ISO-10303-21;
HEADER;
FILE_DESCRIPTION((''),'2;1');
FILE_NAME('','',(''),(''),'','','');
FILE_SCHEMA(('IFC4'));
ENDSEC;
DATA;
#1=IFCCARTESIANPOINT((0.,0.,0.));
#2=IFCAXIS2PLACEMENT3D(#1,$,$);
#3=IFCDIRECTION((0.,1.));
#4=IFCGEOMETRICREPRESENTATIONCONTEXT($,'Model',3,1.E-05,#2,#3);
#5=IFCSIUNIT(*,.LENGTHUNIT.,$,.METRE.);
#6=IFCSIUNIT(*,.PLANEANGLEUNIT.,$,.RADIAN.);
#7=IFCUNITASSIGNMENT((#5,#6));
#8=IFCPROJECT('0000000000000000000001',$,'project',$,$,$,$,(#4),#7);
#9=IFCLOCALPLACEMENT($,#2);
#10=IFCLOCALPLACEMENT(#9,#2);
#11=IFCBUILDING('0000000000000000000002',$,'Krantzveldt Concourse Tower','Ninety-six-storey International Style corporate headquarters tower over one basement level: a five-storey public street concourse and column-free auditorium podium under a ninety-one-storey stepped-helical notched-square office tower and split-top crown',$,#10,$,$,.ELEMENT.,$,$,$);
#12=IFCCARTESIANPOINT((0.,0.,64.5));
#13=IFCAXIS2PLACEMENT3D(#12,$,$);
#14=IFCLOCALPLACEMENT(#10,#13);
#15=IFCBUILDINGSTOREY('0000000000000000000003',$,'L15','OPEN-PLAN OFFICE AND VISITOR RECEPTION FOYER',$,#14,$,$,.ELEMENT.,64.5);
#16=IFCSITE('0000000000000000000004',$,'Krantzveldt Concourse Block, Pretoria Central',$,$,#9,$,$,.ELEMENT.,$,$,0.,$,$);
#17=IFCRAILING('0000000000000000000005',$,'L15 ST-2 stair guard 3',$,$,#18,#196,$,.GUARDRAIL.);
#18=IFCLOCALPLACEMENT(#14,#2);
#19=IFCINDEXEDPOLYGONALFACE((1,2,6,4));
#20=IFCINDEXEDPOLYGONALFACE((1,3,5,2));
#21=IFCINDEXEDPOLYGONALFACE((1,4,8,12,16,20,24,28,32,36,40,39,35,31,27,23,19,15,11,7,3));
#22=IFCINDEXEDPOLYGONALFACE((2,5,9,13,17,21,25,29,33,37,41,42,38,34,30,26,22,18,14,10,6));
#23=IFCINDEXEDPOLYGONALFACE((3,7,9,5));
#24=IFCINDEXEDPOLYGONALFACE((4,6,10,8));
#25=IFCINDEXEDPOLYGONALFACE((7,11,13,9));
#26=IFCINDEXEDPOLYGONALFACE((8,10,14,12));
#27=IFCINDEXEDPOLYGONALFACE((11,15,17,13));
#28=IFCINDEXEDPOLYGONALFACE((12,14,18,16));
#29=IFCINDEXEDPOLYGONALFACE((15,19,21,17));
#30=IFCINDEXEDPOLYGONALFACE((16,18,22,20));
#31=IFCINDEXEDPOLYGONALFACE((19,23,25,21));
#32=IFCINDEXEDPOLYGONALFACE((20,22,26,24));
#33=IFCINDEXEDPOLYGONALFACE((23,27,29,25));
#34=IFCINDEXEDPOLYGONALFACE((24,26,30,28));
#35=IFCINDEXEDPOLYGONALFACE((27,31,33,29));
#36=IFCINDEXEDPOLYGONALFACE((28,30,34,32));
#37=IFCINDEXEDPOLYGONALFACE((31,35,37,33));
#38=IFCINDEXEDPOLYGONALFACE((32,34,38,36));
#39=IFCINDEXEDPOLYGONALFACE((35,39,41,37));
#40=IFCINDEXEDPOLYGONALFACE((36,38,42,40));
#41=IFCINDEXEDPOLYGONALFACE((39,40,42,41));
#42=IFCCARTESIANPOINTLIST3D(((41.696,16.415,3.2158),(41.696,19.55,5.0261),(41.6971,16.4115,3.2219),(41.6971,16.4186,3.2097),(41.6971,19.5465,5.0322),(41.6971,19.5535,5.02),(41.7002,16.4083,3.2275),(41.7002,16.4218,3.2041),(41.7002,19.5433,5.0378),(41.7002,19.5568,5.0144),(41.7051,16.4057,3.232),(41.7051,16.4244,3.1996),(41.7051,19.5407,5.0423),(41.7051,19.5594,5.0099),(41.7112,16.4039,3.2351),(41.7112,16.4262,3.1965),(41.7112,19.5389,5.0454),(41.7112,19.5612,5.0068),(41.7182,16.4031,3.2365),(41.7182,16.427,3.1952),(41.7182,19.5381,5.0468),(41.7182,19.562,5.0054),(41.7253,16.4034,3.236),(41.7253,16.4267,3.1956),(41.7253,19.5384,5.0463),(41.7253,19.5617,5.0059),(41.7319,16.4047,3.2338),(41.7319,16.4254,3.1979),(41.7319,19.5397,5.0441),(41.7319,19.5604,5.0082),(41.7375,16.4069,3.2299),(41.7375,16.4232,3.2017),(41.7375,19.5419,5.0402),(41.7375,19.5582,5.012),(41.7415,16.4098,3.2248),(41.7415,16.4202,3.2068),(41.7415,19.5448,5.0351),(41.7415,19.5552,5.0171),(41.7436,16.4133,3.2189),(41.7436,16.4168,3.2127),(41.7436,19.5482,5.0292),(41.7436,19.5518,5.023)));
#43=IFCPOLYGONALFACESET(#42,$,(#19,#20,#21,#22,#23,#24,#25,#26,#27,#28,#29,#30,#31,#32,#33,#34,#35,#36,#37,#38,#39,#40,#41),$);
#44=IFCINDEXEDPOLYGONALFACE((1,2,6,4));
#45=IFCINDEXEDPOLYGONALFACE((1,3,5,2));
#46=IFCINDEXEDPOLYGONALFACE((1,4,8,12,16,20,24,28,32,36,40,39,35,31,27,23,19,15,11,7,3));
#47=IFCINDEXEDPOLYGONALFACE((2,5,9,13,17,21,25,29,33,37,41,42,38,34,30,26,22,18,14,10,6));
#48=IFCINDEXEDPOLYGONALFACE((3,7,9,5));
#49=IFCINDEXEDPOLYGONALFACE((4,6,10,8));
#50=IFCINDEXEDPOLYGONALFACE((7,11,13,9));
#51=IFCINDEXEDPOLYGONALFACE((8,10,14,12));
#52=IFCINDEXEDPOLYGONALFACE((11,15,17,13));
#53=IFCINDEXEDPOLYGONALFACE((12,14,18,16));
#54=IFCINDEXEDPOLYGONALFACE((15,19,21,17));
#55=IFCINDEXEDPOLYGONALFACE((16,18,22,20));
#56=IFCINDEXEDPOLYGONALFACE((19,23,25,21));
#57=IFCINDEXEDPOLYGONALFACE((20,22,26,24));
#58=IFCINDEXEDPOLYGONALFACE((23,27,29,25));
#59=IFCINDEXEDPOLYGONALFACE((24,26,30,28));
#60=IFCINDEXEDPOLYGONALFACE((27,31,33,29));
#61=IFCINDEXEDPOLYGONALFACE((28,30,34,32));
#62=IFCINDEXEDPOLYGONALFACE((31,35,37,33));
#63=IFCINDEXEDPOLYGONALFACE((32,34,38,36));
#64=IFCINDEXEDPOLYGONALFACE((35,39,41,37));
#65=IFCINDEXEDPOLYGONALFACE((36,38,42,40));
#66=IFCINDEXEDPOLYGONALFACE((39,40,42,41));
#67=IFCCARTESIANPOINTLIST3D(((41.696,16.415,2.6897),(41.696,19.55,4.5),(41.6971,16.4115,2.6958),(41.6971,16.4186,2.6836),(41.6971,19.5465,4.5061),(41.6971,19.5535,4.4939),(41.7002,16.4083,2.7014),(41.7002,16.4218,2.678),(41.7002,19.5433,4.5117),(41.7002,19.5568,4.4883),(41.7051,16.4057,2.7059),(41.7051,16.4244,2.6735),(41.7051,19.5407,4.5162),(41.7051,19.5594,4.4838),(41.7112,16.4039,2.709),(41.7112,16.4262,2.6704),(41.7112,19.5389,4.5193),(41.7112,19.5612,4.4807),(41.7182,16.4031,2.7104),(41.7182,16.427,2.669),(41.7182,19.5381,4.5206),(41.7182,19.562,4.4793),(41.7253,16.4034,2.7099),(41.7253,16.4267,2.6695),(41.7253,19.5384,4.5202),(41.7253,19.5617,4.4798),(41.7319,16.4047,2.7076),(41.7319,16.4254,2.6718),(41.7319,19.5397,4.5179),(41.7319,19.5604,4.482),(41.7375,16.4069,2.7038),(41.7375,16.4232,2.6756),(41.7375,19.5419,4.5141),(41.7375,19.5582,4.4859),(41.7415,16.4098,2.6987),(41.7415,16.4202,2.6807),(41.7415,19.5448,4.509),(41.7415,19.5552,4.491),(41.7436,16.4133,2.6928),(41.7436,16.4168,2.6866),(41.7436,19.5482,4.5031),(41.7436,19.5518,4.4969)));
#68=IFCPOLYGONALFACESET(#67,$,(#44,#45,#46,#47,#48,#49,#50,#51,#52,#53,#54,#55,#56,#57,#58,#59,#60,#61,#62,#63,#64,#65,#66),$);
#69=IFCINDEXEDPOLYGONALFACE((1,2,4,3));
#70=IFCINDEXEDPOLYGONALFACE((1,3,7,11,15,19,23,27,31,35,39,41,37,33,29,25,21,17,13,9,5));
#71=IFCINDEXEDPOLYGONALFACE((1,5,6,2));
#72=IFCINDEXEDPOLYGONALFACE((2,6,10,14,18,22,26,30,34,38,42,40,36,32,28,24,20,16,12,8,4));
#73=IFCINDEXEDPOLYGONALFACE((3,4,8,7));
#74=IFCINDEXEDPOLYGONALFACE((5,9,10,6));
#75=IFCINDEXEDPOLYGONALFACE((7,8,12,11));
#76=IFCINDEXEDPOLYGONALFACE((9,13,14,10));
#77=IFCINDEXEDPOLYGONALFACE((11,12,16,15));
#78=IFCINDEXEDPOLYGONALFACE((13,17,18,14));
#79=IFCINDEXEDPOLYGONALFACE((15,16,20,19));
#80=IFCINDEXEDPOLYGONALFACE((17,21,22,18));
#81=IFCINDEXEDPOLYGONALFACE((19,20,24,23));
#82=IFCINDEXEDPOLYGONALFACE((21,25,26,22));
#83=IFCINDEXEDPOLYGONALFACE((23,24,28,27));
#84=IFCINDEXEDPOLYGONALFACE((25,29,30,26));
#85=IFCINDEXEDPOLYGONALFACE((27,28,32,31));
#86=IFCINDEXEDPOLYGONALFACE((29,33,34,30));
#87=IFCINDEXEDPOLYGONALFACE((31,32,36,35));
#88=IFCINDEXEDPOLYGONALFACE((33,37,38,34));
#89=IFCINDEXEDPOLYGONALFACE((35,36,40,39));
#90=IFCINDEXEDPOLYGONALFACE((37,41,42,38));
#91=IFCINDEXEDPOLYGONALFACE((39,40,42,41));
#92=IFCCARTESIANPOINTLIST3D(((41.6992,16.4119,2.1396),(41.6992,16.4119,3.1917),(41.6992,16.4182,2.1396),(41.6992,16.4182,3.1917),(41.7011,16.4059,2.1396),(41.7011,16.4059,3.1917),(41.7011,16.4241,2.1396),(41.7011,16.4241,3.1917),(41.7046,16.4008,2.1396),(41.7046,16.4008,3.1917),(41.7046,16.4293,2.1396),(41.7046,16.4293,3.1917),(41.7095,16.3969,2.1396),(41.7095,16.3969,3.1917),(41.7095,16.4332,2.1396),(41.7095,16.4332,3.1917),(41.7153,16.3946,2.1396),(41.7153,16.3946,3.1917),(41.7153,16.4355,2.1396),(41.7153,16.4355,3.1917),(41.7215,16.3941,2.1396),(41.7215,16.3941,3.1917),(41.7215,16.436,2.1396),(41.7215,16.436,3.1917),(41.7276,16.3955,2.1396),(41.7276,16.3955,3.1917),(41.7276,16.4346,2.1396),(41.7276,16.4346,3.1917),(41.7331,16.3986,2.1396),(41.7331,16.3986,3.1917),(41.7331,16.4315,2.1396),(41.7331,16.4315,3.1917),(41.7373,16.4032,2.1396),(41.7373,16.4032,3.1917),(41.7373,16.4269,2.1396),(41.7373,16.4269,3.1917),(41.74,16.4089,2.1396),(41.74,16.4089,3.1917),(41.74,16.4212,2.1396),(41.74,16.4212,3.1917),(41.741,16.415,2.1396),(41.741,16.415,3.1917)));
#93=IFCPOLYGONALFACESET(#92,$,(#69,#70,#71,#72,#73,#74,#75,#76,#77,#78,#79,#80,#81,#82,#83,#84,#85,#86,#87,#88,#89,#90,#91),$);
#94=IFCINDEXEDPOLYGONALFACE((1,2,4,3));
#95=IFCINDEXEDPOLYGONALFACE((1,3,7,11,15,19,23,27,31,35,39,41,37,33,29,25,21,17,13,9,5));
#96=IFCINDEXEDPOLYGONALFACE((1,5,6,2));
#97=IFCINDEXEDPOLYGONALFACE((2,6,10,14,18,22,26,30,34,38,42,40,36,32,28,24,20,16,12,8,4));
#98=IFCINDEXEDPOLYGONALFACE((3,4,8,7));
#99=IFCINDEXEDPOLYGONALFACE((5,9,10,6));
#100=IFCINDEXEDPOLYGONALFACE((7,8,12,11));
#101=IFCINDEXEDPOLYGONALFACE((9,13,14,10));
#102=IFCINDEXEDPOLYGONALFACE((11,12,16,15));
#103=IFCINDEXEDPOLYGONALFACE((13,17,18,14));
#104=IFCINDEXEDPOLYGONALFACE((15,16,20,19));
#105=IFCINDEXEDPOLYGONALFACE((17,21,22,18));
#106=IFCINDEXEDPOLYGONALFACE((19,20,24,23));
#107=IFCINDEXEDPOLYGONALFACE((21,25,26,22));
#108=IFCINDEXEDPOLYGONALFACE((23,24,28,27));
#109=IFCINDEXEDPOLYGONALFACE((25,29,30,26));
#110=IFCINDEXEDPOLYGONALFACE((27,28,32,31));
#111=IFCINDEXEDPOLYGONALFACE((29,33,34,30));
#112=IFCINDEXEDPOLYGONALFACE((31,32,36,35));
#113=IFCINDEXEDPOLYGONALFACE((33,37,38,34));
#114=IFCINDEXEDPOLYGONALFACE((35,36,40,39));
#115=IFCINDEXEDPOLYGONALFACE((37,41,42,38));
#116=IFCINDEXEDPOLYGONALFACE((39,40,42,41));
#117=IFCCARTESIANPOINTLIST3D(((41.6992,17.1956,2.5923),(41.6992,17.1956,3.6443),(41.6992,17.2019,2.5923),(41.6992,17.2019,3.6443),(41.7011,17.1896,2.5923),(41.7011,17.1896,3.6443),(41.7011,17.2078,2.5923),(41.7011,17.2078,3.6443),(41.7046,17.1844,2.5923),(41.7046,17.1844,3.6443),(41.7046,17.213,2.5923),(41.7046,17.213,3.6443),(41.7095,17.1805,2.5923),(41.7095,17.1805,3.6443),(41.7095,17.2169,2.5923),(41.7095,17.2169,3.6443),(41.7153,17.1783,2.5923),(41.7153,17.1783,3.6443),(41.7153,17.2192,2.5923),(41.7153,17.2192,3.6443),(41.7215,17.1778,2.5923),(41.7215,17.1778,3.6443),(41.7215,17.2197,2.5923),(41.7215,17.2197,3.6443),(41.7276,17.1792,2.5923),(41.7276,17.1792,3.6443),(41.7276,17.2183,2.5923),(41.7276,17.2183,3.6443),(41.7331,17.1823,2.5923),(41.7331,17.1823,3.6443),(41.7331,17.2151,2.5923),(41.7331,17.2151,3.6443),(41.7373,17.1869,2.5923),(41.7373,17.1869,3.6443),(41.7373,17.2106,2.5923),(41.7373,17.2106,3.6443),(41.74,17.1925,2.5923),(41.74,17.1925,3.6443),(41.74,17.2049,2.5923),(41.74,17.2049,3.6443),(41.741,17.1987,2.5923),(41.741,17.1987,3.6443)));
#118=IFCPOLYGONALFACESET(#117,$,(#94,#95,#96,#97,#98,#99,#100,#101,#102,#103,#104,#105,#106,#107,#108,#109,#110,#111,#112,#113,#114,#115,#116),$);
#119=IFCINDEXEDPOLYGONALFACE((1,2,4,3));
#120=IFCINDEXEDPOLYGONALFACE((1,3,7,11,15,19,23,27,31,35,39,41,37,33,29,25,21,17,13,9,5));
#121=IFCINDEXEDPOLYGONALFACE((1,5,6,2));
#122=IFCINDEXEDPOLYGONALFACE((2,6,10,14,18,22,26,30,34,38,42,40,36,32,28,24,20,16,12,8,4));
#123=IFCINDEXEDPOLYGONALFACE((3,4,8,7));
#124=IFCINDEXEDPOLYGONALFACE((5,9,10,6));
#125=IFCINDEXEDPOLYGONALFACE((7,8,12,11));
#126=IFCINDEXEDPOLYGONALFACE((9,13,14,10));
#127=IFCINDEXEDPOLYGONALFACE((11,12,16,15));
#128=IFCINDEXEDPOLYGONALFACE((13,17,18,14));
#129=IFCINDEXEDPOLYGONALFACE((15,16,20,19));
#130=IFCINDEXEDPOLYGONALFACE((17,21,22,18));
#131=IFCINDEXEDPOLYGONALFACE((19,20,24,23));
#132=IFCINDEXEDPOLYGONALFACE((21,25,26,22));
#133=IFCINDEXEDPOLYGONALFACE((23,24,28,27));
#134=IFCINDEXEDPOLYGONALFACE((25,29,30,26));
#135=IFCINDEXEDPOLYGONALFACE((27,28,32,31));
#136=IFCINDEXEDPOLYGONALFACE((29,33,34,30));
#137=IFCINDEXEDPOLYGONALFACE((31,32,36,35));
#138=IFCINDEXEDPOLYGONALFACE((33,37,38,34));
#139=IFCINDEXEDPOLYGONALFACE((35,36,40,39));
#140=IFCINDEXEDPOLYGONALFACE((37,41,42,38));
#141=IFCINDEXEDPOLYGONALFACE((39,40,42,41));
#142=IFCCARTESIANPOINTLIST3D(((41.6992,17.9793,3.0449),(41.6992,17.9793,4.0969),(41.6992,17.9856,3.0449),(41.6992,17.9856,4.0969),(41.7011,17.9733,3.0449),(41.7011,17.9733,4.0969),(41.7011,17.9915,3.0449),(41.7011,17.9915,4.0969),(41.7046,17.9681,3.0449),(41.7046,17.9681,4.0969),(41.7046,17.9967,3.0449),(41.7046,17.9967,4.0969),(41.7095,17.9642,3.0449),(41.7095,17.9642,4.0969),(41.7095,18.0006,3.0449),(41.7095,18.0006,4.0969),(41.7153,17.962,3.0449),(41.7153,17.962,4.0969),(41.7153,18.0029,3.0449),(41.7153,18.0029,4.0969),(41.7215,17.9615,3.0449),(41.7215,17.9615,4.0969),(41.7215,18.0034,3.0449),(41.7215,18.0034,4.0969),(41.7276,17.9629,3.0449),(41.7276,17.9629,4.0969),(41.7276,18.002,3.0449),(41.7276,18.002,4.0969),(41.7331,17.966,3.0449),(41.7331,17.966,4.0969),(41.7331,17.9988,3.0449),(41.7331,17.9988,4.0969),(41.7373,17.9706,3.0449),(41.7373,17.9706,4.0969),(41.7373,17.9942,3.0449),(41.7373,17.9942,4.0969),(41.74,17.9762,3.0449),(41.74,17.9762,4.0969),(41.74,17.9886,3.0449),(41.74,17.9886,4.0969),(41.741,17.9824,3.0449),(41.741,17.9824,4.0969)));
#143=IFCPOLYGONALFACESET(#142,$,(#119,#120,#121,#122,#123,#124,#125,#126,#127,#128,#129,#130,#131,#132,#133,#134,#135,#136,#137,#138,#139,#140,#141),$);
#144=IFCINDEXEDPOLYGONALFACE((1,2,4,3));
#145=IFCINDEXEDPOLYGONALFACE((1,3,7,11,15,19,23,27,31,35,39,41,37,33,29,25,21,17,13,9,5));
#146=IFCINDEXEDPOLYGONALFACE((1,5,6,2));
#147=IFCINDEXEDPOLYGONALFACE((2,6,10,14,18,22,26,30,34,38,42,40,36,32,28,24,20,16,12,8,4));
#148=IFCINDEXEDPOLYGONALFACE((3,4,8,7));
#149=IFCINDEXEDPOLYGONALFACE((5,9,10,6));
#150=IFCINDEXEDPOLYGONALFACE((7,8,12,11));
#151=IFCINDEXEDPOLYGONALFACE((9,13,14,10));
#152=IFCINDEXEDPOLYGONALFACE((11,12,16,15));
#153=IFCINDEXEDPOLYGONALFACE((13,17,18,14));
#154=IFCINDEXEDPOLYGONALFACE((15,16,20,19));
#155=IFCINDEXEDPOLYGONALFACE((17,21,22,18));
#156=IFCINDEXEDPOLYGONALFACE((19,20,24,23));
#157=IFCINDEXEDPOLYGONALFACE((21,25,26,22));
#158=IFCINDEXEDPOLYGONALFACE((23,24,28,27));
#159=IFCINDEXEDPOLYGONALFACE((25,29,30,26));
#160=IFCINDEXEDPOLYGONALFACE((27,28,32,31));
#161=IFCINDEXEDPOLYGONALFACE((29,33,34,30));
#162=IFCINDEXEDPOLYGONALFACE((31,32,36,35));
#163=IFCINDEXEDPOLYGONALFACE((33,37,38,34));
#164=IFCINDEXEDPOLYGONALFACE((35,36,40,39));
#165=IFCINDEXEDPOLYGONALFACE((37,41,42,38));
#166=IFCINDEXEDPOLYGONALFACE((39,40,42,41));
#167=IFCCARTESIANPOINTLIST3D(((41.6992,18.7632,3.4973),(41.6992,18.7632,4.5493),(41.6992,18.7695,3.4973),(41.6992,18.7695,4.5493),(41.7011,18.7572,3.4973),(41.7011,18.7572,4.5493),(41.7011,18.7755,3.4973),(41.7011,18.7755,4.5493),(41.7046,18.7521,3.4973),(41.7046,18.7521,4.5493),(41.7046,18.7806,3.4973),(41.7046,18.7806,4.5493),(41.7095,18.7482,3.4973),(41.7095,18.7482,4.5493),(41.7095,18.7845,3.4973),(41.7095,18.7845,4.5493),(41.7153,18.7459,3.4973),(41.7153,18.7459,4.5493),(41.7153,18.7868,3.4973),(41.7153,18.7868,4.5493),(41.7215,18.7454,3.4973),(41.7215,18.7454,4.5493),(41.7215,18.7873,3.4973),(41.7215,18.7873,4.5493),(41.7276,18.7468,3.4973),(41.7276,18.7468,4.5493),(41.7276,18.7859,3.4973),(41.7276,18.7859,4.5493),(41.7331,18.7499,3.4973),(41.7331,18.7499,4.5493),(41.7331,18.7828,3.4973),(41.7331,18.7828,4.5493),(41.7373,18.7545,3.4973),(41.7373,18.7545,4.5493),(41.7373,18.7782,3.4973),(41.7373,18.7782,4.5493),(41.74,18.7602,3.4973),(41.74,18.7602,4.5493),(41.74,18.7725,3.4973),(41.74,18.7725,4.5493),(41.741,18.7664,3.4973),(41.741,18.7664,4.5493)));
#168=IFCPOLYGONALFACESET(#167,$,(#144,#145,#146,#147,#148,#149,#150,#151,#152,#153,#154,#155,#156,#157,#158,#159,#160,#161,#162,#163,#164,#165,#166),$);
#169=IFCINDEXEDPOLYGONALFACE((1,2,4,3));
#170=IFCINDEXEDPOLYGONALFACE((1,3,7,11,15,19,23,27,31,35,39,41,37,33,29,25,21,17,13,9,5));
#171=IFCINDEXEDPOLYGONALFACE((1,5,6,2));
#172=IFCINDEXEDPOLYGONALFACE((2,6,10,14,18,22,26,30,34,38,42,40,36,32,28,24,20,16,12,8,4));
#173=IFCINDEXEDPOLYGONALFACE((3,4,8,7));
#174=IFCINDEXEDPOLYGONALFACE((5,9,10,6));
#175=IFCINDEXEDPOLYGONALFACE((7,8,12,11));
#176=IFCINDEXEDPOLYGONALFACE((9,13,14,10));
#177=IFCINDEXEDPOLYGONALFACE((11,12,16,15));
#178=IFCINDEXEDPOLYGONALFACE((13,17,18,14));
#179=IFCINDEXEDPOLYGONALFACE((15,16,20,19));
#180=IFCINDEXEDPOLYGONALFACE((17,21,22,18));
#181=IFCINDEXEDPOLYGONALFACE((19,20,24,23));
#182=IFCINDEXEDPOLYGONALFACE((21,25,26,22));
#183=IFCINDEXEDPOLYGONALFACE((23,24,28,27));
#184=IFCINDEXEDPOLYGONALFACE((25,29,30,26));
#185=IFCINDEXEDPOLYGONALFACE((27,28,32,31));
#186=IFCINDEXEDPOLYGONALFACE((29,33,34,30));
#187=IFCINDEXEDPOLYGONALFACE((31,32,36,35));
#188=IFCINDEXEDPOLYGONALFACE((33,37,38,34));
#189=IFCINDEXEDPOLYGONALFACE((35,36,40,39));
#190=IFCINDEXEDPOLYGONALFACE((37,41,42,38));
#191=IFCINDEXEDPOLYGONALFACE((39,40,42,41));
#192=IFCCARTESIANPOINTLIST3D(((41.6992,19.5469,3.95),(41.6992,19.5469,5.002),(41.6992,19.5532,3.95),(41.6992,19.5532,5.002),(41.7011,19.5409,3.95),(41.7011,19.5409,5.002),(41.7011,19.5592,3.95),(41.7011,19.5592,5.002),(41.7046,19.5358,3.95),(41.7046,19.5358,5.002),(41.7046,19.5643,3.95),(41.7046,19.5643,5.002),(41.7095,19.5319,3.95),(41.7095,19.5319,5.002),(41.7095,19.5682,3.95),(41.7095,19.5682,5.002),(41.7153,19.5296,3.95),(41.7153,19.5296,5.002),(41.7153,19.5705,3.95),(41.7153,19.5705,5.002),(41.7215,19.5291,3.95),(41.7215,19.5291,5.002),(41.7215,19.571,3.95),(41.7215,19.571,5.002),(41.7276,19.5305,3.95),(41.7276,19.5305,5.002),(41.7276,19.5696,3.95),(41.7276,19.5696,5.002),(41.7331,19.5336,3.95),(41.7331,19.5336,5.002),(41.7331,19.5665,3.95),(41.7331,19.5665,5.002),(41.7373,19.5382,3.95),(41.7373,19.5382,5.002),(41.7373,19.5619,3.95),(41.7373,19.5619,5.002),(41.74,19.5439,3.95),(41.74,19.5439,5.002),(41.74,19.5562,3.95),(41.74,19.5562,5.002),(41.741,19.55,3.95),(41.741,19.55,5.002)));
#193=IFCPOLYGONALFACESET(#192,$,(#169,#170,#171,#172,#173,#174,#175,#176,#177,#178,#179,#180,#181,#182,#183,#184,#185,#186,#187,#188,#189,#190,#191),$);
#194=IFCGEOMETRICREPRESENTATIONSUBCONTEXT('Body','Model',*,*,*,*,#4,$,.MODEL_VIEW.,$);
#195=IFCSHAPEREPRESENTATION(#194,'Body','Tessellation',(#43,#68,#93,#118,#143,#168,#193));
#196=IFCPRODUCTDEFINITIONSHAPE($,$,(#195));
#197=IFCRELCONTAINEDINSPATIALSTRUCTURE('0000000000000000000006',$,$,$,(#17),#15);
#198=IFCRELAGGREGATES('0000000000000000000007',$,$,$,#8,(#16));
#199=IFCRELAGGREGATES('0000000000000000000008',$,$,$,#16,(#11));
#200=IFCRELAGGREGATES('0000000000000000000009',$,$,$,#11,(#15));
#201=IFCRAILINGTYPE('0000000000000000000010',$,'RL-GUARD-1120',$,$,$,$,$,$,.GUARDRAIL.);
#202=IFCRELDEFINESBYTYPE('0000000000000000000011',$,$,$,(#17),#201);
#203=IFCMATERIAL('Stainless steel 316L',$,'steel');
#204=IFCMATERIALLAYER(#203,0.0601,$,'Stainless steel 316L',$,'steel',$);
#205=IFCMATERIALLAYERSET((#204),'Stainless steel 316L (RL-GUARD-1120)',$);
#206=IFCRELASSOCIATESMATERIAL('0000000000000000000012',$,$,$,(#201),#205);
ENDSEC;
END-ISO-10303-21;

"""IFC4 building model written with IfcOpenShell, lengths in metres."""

from ifc_helpers import new_model, si_unit, direction, frame, origin, origin_2d, place, context, subcontext, project, spatial, circle, extrude, material, layer, layer_set, type_object, element, save


model = new_model("IFC4")

# Units and contexts
model_context = context("Model", 3, precision=1e-05, world=origin(), true_north=direction((0.0, 1.0)))
body_context = subcontext(model_context, "Body", "Model", "MODEL_VIEW")
ifc_project = project(units=[si_unit("LENGTHUNIT", "METRE"), si_unit("PLANEANGLEUNIT", "RADIAN")], contexts=[model_context])

# Site, building, storey
site_placement = place(None, origin())
site = spatial("IfcSite", under=ifc_project, at=site_placement, Name="Krantzveldt Concourse Block, Pretoria Central", CompositionType="ELEMENT", RefElevation=0.0)
building_placement = place(site_placement, origin())
building = spatial("IfcBuilding", under=site, at=building_placement, Name="Krantzveldt Concourse Tower", Description="Ninety-six-storey International Style corporate headquarters tower over one basement level: a five-storey public street concourse and column-free auditorium podium under a ninety-one-storey stepped-helical notched-square office tower and split-top crown", CompositionType="ELEMENT")
storey_placement = place(building_placement, frame((0.0, 0.0, 64.5)))
storey = spatial("IfcBuildingStorey", under=building, at=storey_placement, Name="L15", Description="OPEN-PLAN OFFICE AND VISITOR RECEPTION FOYER", CompositionType="ELEMENT", Elevation=64.5)

# Shared definitions
ifc_material_1 = material(Name="Stainless steel 316L", Category="steel")

# Railing
ifc_layer_1 = layer(ifc_material_1, 0.0601, Name="Stainless steel 316L", Category="steel")
ifc_layer_set_1 = layer_set([ifc_layer_1], Name="Stainless steel 316L (RL-GUARD-1120)")
railing_type_1 = type_object("IfcRailingType", Name="RL-GUARD-1120", PredefinedType="GUARDRAIL", material=ifc_layer_set_1)
railing_1_placement = place(storey_placement, frame((41.72, 16.415, 2.1396)))
element("IfcRailing", 1, at=railing_1_placement, inside=storey, type_object=railing_type_1, Name="L15 ST-2 stair guard 3", PredefinedType="GUARDRAIL", context=body_context, shape_type="SweptSolid", body=[
    extrude(circle(Radius=0.0239, at=origin_2d()), frame((0.0, 0.0, 1.0762), z_axis=(0.0, 0.865989, 0.500063), x_axis=(-1.0, 0.0, 0.0)), (0.0, 0.0, 1.0), 3.6201),
    extrude(circle(Radius=0.0239, at=origin_2d()), frame((0.0, 0.0, 0.55), z_axis=(0.0, 0.865989, 0.500063), x_axis=(-1.0, 0.0, 0.0)), (0.0, 0.0, 1.0), 3.6201),
    extrude(circle(Radius=0.021, at=origin_2d()), origin(), (0.0, 0.0, 1.0), 1.052),
    extrude(circle(Radius=0.021, at=origin_2d()), frame((0.0, 0.7837, 0.4526)), (0.0, 0.0, 1.0), 1.052),
    extrude(circle(Radius=0.021, at=origin_2d()), frame((0.0, 1.5674, 0.9053)), (0.0, 0.0, 1.0), 1.052),
    extrude(circle(Radius=0.021, at=origin_2d()), frame((0.0, 2.3513, 1.3577)), (0.0, 0.0, 1.0), 1.052),
    extrude(circle(Radius=0.021, at=origin_2d()), frame((0.0, 3.135, 1.8103)), (0.0, 0.0, 1.0), 1.052),
])

save(model, "model.ifc")
